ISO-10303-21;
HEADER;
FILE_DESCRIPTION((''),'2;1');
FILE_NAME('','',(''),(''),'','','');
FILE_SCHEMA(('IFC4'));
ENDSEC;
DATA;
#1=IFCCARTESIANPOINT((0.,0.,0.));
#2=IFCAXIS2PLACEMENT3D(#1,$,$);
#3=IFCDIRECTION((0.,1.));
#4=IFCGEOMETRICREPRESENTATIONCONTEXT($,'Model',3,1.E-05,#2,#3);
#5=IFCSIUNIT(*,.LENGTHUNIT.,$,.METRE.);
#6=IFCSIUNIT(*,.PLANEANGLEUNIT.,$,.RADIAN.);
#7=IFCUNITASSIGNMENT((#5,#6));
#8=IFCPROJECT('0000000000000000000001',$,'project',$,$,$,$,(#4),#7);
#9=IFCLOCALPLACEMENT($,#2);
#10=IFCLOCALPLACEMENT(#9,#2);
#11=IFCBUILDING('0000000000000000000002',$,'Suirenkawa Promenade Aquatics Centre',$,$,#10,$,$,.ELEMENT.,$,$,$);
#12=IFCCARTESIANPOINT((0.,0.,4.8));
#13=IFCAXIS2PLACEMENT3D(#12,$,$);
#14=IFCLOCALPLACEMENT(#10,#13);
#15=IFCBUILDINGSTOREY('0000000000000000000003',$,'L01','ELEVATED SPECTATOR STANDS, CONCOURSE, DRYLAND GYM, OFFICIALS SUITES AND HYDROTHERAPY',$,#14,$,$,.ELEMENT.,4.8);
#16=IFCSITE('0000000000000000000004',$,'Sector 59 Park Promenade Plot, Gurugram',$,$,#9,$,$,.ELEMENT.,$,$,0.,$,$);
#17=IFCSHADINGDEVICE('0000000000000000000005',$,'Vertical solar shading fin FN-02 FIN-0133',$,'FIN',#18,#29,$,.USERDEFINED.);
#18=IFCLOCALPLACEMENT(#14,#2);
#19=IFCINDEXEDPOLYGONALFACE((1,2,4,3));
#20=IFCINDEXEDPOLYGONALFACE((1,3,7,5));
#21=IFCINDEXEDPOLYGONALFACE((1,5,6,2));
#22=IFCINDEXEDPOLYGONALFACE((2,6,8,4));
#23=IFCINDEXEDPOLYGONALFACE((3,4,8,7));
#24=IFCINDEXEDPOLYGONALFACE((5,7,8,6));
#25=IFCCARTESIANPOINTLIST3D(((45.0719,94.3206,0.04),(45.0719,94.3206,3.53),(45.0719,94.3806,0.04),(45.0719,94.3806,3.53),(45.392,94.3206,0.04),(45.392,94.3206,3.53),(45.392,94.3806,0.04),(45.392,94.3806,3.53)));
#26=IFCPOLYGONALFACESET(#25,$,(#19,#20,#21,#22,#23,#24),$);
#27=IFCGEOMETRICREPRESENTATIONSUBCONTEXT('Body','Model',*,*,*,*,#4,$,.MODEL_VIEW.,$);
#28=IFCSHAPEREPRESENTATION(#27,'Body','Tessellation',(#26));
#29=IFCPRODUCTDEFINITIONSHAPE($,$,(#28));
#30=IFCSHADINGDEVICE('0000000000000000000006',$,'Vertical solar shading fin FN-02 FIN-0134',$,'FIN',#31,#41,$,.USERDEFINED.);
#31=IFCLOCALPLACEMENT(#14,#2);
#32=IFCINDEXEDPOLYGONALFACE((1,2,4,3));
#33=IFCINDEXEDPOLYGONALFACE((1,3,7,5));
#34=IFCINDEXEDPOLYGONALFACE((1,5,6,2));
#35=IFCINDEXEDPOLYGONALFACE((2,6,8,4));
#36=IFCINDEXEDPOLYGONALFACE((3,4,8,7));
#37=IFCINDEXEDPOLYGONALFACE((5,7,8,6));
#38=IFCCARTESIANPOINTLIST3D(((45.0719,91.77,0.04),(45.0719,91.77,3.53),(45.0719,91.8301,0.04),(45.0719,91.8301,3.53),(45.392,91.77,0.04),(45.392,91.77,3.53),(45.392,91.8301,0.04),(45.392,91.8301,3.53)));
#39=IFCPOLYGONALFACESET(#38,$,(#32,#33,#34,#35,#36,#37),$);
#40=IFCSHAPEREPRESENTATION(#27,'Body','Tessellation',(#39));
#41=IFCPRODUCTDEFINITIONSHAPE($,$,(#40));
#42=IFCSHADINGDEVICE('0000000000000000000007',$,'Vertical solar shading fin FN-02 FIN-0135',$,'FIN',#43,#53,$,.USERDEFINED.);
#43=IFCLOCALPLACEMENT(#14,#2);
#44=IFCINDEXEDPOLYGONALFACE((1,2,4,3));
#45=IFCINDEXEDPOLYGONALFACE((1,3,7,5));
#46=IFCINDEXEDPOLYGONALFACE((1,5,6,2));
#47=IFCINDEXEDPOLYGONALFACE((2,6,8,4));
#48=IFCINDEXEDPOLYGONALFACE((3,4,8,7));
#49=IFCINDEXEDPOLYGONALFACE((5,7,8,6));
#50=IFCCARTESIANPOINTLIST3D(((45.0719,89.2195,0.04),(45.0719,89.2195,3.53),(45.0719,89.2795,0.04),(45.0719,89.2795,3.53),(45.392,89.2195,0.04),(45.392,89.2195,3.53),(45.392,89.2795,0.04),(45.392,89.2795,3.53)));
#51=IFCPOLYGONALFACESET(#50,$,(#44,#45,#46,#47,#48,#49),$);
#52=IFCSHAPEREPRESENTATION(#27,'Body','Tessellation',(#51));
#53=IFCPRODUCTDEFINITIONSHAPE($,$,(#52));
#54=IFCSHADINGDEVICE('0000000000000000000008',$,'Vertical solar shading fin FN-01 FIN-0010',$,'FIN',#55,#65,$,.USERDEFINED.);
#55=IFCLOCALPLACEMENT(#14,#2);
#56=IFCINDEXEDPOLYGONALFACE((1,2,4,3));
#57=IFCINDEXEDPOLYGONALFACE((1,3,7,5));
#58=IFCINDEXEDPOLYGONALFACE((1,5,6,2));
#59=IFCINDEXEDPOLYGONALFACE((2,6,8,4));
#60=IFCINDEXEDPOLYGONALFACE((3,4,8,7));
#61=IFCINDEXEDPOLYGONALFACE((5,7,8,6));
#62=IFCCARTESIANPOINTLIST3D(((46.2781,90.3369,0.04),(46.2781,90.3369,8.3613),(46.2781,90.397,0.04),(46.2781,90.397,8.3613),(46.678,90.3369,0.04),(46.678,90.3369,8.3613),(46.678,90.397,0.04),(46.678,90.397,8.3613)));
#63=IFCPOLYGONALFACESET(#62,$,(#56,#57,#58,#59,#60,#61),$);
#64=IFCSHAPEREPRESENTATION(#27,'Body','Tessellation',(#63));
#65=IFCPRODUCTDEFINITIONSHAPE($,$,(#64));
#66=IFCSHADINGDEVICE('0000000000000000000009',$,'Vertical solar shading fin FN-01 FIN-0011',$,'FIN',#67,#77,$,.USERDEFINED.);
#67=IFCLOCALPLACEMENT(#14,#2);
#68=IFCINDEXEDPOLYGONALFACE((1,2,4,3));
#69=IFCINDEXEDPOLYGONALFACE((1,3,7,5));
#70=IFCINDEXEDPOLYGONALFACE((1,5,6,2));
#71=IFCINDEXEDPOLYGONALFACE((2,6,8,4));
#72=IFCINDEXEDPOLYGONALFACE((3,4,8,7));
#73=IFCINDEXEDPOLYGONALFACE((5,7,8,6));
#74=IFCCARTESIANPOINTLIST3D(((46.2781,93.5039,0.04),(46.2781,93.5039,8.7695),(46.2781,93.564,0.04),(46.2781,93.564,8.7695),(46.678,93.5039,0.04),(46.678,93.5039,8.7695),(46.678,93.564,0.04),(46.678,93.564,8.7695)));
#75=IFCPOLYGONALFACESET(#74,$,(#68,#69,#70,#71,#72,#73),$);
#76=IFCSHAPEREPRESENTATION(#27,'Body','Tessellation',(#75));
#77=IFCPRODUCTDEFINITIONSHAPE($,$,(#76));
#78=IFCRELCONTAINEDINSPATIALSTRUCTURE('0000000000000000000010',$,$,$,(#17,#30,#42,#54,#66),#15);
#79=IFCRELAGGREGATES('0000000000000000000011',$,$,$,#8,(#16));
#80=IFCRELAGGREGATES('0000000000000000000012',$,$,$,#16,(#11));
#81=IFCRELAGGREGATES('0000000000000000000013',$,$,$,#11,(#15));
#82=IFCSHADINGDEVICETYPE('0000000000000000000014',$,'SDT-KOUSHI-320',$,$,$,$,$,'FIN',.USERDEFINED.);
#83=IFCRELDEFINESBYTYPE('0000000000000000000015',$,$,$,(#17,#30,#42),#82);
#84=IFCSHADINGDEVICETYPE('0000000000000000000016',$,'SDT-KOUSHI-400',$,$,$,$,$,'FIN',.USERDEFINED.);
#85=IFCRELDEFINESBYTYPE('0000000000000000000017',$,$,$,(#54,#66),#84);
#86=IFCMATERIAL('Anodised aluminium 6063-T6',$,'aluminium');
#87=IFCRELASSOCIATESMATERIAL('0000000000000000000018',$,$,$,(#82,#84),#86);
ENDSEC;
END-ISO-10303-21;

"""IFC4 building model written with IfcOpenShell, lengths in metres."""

from ifc_helpers import new_model, si_unit, direction, frame, origin, origin_2d, place, context, subcontext, project, spatial, rectangle, extrude, material, type_object, element, save


model = new_model("IFC4")

# Units and contexts
model_context = context("Model", 3, precision=1e-05, world=origin(), true_north=direction((0.0, 1.0)))
body_context = subcontext(model_context, "Body", "Model", "MODEL_VIEW")
ifc_project = project(units=[si_unit("LENGTHUNIT", "METRE"), si_unit("PLANEANGLEUNIT", "RADIAN")], contexts=[model_context])

# Site, building, storey
site_placement = place(None, origin())
site = spatial("IfcSite", under=ifc_project, at=site_placement, Name="Sector 59 Park Promenade Plot, Gurugram", CompositionType="ELEMENT", RefElevation=0.0)
building_placement = place(site_placement, origin())
building = spatial("IfcBuilding", under=site, at=building_placement, Name="Suirenkawa Promenade Aquatics Centre", CompositionType="ELEMENT")
storey_placement = place(building_placement, frame((0.0, 0.0, 4.8)))
storey = spatial("IfcBuildingStorey", under=building, at=storey_placement, Name="L01", Description="ELEVATED SPECTATOR STANDS, CONCOURSE, DRYLAND GYM, OFFICIALS SUITES AND HYDROTHERAPY", CompositionType="ELEMENT", Elevation=4.8)

# Shared definitions
ifc_material_1 = material(Name="Anodised aluminium 6063-T6", Category="aluminium")

# Shading devices
shading_device_type_1 = type_object("IfcShadingDeviceType", Name="SDT-KOUSHI-320", ElementType="FIN", PredefinedType="USERDEFINED", material=ifc_material_1)
for number, where, z_axis, x_axis, name in (
    (1, (45.2319, 94.3506, 0.04), (0.0, 0.0, 1.0), (1.0, 0.0, 0.0), "Vertical solar shading fin FN-02 FIN-0133"),
    (2, (45.2319, 91.8, 0.04), (0.0, 0.0, 1.0), (1.0, 0.0, 0.0), "Vertical solar shading fin FN-02 FIN-0134"),
    (3, (45.2319, 89.2495, 0.04), (0.0, 0.0, 1.0), (1.0, 0.0, 0.0), "Vertical solar shading fin FN-02 FIN-0135"),
):
    element("IfcShadingDevice", number, at=place(storey_placement, frame(where, z_axis=z_axis, x_axis=x_axis)), inside=storey, type_object=shading_device_type_1, Name=name, ObjectType="FIN", PredefinedType="USERDEFINED", context=body_context, shape_type="SweptSolid", body=[
        extrude(rectangle(XDim=0.3201, YDim=0.0601, at=origin_2d()), origin(), (0.0, 0.0, 1.0), 3.49),
    ])
shading_device_type_2 = type_object("IfcShadingDeviceType", Name="SDT-KOUSHI-400", ElementType="FIN", PredefinedType="USERDEFINED", material=ifc_material_1)
shading_device_1_placement = place(storey_placement, frame((46.478, 90.3669, 0.04), z_axis=(0.0, 0.0, 1.0), x_axis=(-1.0, 0.0, 0.0)))
element("IfcShadingDevice", 4, at=shading_device_1_placement, inside=storey, type_object=shading_device_type_2, Name="Vertical solar shading fin FN-01 FIN-0010", ObjectType="FIN", PredefinedType="USERDEFINED", context=body_context, shape_type="SweptSolid", body=[
    extrude(rectangle(XDim=0.3999, YDim=0.0601, at=origin_2d()), origin(), (0.0, 0.0, 1.0), 8.3213),
])
shading_device_2_placement = place(storey_placement, frame((46.478, 93.5339, 0.04), z_axis=(0.0, 0.0, 1.0), x_axis=(-1.0, 0.0, 0.0)))
element("IfcShadingDevice", 5, at=shading_device_2_placement, inside=storey, type_object=shading_device_type_2, Name="Vertical solar shading fin FN-01 FIN-0011", ObjectType="FIN", PredefinedType="USERDEFINED", context=body_context, shape_type="SweptSolid", body=[
    extrude(rectangle(XDim=0.3999, YDim=0.0601, at=origin_2d()), origin(), (0.0, 0.0, 1.0), 8.7295),
])

save(model, "model.ifc")
